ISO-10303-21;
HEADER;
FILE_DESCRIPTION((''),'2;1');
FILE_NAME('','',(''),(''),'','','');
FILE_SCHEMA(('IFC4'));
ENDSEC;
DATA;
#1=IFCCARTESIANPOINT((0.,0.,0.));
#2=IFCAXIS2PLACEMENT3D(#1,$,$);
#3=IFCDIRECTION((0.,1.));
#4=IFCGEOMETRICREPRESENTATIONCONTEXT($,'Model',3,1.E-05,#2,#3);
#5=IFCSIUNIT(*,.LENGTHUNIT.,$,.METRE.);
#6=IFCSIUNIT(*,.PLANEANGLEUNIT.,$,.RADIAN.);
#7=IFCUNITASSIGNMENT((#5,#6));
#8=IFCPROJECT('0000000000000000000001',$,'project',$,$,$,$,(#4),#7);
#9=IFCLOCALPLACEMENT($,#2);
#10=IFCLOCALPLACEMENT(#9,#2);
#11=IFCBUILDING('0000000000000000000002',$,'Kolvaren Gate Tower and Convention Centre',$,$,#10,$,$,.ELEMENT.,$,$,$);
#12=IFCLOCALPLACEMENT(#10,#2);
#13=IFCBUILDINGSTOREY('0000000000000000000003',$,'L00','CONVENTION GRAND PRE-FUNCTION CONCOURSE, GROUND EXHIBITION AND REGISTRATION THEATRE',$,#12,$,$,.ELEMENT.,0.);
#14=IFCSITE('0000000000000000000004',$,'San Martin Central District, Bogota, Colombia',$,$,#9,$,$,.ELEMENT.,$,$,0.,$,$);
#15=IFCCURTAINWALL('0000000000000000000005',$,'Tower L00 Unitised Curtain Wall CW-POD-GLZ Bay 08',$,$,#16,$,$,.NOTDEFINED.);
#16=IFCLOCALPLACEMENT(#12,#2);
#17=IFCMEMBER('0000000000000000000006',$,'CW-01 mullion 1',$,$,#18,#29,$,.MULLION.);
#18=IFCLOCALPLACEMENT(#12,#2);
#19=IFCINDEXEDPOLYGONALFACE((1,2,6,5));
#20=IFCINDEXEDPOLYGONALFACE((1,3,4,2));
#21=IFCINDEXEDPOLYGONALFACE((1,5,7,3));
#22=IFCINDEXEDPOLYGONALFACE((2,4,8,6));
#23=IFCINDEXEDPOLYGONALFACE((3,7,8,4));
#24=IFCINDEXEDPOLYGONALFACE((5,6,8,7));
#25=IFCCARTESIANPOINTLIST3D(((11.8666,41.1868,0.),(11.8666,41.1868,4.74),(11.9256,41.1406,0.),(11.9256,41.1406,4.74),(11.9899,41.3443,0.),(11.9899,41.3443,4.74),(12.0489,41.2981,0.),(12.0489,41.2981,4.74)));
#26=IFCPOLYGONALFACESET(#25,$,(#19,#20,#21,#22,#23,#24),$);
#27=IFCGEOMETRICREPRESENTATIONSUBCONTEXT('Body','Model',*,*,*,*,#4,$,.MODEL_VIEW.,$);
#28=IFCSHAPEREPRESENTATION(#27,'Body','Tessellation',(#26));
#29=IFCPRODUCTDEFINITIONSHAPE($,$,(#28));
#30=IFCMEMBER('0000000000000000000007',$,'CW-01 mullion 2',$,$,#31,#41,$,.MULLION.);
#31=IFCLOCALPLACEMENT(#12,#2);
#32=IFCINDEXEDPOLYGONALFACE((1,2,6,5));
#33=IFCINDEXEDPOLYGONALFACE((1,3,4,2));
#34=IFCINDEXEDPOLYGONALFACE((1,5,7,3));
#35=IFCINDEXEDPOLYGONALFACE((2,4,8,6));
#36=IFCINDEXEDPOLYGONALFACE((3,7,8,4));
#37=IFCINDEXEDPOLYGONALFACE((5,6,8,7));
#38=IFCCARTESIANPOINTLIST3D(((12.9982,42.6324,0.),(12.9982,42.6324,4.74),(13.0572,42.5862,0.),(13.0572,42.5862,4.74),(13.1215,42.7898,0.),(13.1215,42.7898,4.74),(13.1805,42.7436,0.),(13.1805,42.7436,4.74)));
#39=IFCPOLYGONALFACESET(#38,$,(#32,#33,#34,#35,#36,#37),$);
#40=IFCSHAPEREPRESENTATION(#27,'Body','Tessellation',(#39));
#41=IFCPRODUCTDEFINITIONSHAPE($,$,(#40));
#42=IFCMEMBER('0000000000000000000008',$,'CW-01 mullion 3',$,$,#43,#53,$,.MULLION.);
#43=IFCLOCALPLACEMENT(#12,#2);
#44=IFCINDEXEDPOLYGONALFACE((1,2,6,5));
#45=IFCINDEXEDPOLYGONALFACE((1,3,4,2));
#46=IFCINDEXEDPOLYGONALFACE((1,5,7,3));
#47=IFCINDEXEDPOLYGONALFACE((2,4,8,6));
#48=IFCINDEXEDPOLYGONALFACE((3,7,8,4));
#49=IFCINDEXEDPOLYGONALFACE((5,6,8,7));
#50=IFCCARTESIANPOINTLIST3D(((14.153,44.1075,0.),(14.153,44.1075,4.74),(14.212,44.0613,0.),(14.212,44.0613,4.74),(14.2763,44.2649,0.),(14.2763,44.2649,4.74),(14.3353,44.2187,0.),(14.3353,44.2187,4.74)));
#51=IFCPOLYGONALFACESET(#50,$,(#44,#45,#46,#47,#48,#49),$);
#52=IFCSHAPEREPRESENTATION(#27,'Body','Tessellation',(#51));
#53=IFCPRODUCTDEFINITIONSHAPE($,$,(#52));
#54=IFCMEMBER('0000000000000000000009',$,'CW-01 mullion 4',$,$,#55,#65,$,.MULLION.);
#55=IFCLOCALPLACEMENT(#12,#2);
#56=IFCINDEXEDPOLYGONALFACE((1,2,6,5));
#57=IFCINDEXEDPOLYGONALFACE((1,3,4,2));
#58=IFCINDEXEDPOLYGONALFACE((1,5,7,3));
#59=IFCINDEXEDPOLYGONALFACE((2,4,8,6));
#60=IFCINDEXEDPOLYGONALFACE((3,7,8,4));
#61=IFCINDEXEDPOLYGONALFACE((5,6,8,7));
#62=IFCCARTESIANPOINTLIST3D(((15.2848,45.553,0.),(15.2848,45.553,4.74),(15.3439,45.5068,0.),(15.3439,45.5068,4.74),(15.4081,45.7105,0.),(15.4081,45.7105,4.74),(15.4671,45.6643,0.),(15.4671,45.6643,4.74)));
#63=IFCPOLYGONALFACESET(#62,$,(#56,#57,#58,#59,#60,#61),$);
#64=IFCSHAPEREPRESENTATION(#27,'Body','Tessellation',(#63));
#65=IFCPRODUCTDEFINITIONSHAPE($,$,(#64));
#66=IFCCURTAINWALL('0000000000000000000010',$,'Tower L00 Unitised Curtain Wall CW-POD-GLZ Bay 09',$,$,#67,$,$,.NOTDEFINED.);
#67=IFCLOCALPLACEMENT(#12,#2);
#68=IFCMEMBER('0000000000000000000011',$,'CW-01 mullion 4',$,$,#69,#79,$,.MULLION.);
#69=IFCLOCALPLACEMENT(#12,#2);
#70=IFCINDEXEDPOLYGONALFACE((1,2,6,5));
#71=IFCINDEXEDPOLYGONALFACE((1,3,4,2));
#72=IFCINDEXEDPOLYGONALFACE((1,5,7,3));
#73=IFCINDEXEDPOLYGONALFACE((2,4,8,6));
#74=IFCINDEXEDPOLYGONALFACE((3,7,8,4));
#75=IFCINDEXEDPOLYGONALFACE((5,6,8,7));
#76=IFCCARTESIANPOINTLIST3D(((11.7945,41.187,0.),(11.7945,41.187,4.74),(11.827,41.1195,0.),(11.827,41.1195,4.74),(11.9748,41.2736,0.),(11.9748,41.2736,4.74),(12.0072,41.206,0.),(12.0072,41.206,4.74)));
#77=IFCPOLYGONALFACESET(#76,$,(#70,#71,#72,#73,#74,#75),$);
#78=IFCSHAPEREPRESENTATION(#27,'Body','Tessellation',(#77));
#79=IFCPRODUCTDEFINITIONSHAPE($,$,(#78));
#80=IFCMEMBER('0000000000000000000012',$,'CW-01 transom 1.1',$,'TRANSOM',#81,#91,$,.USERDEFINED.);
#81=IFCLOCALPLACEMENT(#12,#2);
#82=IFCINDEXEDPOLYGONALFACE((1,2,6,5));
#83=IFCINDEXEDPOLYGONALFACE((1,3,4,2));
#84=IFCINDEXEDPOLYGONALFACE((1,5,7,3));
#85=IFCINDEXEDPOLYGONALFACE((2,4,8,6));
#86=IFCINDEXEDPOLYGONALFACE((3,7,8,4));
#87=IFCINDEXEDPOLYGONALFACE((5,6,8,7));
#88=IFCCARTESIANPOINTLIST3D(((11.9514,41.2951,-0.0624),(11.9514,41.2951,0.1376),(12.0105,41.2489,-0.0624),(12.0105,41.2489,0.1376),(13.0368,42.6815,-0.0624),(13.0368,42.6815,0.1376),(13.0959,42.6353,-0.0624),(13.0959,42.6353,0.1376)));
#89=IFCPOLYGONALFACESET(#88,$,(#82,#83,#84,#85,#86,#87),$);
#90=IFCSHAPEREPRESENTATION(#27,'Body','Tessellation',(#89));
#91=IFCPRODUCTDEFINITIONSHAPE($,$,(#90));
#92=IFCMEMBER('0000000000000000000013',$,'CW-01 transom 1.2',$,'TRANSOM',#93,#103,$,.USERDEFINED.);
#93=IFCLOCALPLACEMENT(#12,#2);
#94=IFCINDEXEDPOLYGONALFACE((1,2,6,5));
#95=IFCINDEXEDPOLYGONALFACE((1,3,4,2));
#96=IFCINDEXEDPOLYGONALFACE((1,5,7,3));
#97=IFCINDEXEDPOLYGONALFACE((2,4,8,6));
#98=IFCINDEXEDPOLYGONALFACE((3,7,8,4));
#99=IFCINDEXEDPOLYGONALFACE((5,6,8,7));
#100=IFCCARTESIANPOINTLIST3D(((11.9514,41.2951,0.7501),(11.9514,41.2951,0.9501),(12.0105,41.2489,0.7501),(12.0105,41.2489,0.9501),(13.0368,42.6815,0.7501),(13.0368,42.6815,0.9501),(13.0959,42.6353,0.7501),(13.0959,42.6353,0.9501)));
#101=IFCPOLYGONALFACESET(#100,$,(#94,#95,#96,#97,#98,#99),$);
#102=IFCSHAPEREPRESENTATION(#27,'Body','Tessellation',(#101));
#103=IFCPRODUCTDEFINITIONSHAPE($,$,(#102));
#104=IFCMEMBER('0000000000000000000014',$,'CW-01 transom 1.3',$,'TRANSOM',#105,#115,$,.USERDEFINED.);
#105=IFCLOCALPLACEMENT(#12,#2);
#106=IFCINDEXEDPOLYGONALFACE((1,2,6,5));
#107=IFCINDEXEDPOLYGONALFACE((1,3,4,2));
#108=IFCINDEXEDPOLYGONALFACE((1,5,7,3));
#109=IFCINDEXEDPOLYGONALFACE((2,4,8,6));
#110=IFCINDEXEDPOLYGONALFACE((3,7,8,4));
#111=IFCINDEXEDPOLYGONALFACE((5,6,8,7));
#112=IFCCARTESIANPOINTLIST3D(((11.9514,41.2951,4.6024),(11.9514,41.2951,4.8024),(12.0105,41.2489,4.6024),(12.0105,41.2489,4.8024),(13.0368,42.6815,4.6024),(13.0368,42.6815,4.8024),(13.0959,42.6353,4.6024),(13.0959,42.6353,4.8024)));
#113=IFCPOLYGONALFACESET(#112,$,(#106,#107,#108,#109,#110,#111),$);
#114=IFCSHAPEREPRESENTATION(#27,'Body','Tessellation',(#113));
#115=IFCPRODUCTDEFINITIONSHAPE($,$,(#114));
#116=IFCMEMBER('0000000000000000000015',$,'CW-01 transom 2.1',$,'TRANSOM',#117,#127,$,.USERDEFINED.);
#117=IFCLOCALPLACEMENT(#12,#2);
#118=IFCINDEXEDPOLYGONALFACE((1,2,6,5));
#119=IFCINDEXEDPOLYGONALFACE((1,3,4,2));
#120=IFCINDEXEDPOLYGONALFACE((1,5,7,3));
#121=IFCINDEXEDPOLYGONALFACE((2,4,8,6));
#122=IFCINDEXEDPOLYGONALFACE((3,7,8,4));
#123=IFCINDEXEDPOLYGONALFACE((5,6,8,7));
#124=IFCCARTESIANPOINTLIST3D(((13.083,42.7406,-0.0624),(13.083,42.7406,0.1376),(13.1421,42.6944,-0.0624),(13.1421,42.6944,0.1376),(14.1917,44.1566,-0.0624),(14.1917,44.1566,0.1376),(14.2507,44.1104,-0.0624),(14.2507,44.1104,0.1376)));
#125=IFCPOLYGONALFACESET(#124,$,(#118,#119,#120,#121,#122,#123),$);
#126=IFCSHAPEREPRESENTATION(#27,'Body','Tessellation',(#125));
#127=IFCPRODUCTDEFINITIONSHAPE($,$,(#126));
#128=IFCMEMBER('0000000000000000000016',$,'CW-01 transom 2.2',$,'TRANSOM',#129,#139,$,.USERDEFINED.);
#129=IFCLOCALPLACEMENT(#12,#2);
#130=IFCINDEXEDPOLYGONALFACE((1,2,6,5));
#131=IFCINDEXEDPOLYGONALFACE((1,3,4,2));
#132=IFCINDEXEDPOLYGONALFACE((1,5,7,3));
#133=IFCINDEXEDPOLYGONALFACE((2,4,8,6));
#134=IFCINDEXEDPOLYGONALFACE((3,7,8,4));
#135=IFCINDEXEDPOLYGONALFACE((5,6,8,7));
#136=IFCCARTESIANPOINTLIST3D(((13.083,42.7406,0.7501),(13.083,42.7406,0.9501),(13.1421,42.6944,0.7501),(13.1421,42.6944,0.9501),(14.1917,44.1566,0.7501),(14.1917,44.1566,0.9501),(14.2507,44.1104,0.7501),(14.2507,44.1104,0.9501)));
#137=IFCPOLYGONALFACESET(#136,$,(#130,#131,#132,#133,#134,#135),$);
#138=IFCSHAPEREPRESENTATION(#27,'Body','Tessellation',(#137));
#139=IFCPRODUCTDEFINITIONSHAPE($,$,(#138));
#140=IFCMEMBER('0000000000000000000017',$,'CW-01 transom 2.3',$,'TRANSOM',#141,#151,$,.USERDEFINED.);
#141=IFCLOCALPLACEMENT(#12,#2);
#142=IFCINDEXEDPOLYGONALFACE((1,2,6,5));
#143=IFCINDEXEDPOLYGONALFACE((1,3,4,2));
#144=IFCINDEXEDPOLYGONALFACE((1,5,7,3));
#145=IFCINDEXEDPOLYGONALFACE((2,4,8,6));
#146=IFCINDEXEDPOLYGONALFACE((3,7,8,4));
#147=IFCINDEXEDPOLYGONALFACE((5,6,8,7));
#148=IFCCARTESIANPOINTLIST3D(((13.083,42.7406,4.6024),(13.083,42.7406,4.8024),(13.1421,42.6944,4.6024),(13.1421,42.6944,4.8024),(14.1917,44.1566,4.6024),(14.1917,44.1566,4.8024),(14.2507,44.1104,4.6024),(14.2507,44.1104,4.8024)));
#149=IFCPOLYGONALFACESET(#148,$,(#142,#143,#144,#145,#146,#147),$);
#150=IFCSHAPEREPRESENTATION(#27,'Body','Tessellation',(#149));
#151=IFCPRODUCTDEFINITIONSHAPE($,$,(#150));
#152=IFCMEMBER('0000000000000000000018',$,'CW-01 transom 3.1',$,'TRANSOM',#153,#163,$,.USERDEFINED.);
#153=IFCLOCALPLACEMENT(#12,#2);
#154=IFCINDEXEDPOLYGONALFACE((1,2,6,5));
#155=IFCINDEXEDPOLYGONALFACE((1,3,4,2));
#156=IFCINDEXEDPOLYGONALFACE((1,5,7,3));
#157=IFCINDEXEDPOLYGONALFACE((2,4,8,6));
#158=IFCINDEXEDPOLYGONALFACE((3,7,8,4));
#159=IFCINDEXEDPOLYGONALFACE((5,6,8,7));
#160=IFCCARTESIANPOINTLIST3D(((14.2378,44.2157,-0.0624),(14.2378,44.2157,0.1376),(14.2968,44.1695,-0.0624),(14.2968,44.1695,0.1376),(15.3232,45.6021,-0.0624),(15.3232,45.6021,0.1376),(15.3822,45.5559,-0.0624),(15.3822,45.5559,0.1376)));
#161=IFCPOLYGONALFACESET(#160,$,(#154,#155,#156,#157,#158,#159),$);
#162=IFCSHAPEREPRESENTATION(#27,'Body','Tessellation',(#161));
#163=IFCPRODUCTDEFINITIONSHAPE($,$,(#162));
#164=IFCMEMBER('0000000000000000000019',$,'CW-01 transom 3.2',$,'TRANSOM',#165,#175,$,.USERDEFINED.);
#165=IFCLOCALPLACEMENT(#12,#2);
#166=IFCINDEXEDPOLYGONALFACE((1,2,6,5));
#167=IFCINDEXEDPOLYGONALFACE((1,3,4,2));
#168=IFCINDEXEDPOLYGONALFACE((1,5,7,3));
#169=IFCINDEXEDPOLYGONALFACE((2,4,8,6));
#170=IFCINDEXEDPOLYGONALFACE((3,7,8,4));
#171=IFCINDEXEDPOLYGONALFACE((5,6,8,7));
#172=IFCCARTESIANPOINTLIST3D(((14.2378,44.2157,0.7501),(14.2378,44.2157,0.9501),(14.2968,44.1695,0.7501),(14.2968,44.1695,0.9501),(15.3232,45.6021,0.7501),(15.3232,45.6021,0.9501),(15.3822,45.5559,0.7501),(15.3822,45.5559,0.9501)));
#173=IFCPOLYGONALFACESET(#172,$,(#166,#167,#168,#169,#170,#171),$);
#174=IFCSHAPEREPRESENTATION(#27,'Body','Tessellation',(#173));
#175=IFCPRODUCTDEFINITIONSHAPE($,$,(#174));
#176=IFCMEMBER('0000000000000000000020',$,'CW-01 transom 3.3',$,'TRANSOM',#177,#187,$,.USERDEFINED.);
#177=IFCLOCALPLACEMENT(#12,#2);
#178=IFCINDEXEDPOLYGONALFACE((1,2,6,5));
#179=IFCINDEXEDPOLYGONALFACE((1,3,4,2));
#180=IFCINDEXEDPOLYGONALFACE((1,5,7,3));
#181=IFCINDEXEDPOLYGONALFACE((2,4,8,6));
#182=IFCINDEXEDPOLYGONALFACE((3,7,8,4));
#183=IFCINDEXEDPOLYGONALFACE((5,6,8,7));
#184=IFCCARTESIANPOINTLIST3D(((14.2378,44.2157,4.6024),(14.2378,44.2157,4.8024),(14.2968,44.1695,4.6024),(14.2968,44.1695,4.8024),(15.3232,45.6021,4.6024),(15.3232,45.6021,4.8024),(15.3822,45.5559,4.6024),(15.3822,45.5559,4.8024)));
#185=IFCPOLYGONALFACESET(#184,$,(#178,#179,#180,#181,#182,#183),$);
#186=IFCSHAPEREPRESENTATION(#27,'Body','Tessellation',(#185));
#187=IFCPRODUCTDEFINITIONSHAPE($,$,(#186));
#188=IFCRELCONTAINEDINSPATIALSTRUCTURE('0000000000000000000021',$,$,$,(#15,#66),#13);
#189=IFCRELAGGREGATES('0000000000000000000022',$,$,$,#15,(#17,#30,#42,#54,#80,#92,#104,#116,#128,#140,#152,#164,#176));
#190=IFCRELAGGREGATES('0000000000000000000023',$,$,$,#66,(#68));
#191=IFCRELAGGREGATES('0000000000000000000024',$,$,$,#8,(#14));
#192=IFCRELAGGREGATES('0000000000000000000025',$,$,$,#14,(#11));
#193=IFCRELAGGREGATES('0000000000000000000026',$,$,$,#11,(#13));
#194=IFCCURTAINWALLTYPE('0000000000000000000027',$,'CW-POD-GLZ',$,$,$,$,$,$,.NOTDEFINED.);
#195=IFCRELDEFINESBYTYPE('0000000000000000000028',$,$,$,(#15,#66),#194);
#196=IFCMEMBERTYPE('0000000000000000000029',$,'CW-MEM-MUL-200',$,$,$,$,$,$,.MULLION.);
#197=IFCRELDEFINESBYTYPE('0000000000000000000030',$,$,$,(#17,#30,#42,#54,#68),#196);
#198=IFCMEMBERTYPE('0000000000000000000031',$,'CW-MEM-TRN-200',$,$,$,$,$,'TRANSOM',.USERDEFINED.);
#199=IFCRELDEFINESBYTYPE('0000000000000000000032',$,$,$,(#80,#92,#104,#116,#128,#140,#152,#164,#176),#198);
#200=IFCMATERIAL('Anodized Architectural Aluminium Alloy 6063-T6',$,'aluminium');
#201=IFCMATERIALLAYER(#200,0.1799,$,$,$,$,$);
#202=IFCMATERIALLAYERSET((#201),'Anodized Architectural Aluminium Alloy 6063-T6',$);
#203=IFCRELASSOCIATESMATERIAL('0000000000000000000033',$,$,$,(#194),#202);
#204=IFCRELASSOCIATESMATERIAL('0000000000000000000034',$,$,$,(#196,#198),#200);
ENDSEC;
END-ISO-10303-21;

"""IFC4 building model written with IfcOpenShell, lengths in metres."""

from ifc_helpers import new_model, si_unit, direction, frame, origin, origin_2d, place, context, subcontext, project, spatial, rectangle, extrude, material, layer, layer_set, material_profile, profile_set, type_object, element, aggregate, save


model = new_model("IFC4")

# Units and contexts
model_context = context("Model", 3, precision=1e-05, world=origin(), true_north=direction((0.0, 1.0)))
body_context = subcontext(model_context, "Body", "Model", "MODEL_VIEW")
ifc_project = project(units=[si_unit("LENGTHUNIT", "METRE"), si_unit("PLANEANGLEUNIT", "RADIAN")], contexts=[model_context])

# Site, building, storey
site_placement = place(None, origin())
site = spatial("IfcSite", under=ifc_project, at=site_placement, Name="San Martin Central District, Bogota, Colombia", CompositionType="ELEMENT", RefElevation=0.0)
building_placement = place(site_placement, origin())
building = spatial("IfcBuilding", under=site, at=building_placement, Name="Kolvaren Gate Tower and Convention Centre", CompositionType="ELEMENT")
storey_placement = place(building_placement, origin())
storey = spatial("IfcBuildingStorey", under=building, at=storey_placement, Name="L00", Description="CONVENTION GRAND PRE-FUNCTION CONCOURSE, GROUND EXHIBITION AND REGISTRATION THEATRE", CompositionType="ELEMENT", Elevation=0.0)

# Curtain wall, members
ifc_material_1 = material(Name="Anodized Architectural Aluminium Alloy 6063-T6", Category="aluminium")
ifc_layer_1 = layer(ifc_material_1, 0.1799)
ifc_layer_set_1 = layer_set([ifc_layer_1], Name="Anodized Architectural Aluminium Alloy 6063-T6")
curtain_wall_type = type_object("IfcCurtainWallType", Name="CW-POD-GLZ", PredefinedType="NOTDEFINED", material=ifc_layer_set_1)
curtain_wall_1_placement = place(storey_placement, origin())
curtain_wall_1 = element("IfcCurtainWall", 1, at=curtain_wall_1_placement, inside=storey, type_object=curtain_wall_type, Name="Tower L00 Unitised Curtain Wall CW-POD-GLZ Bay 08", PredefinedType="NOTDEFINED")
ifc_material_profile_1 = material_profile(ifc_material_1, rectangle(XDim=0.075, YDim=0.2, at=origin_2d()), Name="CW-MEM-MUL-200")
ifc_profile_set_1 = profile_set([ifc_material_profile_1], Name="Anodized Architectural Aluminium Alloy 6063-T6")
member_type_1 = type_object("IfcMemberType", Name="CW-MEM-MUL-200", PredefinedType="MULLION", material=ifc_profile_set_1)
member_1_placement = place(storey_placement, frame((11.9578, 41.2424, 0.0), z_axis=(0.0, 0.0, 1.0), x_axis=(-0.787417, 0.616421, 0.0)))
member_1 = element("IfcMember", 2, at=member_1_placement, type_object=member_type_1, Name="CW-01 mullion 1", PredefinedType="MULLION", context=body_context, shape_type="SweptSolid", body=[
    extrude(rectangle(XDim=0.075, YDim=0.2, at=origin_2d()), origin(), (0.0, 0.0, 1.0), 4.74),
])
member_2_placement = place(storey_placement, frame((13.0894, 42.688, 0.0), z_axis=(0.0, 0.0, 1.0), x_axis=(-0.787417, 0.616421, 0.0)))
member_2 = element("IfcMember", 3, at=member_2_placement, type_object=member_type_1, Name="CW-01 mullion 2", PredefinedType="MULLION", context=body_context, shape_type="SweptSolid", body=[
    extrude(rectangle(XDim=0.075, YDim=0.2, at=origin_2d()), origin(), (0.0, 0.0, 1.0), 4.74),
])
member_3_placement = place(storey_placement, frame((14.2441, 44.1631, 0.0), z_axis=(0.0, 0.0, 1.0), x_axis=(-0.787417, 0.616421, 0.0)))
member_3 = element("IfcMember", 4, at=member_3_placement, type_object=member_type_1, Name="CW-01 mullion 3", PredefinedType="MULLION", context=body_context, shape_type="SweptSolid", body=[
    extrude(rectangle(XDim=0.075, YDim=0.2, at=origin_2d()), origin(), (0.0, 0.0, 1.0), 4.74),
])
member_4_placement = place(storey_placement, frame((15.376, 45.6086, 0.0), z_axis=(0.0, 0.0, 1.0), x_axis=(-0.787417, 0.616421, 0.0)))
member_4 = element("IfcMember", 5, at=member_4_placement, type_object=member_type_1, Name="CW-01 mullion 4", PredefinedType="MULLION", context=body_context, shape_type="SweptSolid", body=[
    extrude(rectangle(XDim=0.075, YDim=0.2, at=origin_2d()), origin(), (0.0, 0.0, 1.0), 4.74),
])

# Curtain wall, member
curtain_wall_2_placement = place(storey_placement, origin())
curtain_wall_2 = element("IfcCurtainWall", 6, at=curtain_wall_2_placement, inside=storey, type_object=curtain_wall_type, Name="Tower L00 Unitised Curtain Wall CW-POD-GLZ Bay 09", PredefinedType="NOTDEFINED")
member_5_placement = place(storey_placement, frame((11.9009, 41.1965, 0.0), z_axis=(0.0, 0.0, 1.0), x_axis=(-0.433057, 0.901367, 0.0)))
member_5 = element("IfcMember", 7, at=member_5_placement, type_object=member_type_1, Name="CW-01 mullion 4", PredefinedType="MULLION", context=body_context, shape_type="SweptSolid", body=[
    extrude(rectangle(XDim=0.075, YDim=0.2, at=origin_2d()), origin(), (0.0, 0.0, 1.0), 4.74),
])

# Members
ifc_material_profile_2 = material_profile(ifc_material_1, rectangle(XDim=0.075, YDim=0.2, at=origin_2d()), Name="CW-MEM-TRN-200")
ifc_profile_set_2 = profile_set([ifc_material_profile_2], Name="Anodized Architectural Aluminium Alloy 6063-T6")
member_type_2 = type_object("IfcMemberType", Name="CW-MEM-TRN-200", ElementType="TRANSOM", PredefinedType="USERDEFINED", material=ifc_profile_set_2)
member_6_placement = place(storey_placement, frame((11.981, 41.272, 0.0376), z_axis=(0.616443, 0.7874, 0.0), x_axis=(-0.7874, 0.616443, 0.0)))
member_6 = element("IfcMember", 8, at=member_6_placement, type_object=member_type_2, Name="CW-01 transom 1.1", ObjectType="TRANSOM", PredefinedType="USERDEFINED", context=body_context, shape_type="SweptSolid", body=[
    extrude(rectangle(XDim=0.075, YDim=0.2, at=origin_2d()), origin(), (0.0, 0.0, 1.0), 1.7607),
])
member_7_placement = place(storey_placement, frame((11.981, 41.272, 0.8501), z_axis=(0.616443, 0.7874, 0.0), x_axis=(-0.7874, 0.616443, 0.0)))
member_7 = element("IfcMember", 9, at=member_7_placement, type_object=member_type_2, Name="CW-01 transom 1.2", ObjectType="TRANSOM", PredefinedType="USERDEFINED", context=body_context, shape_type="SweptSolid", body=[
    extrude(rectangle(XDim=0.075, YDim=0.2, at=origin_2d()), origin(), (0.0, 0.0, 1.0), 1.7607),
])
member_8_placement = place(storey_placement, frame((11.981, 41.272, 4.7024), z_axis=(0.616443, 0.7874, 0.0), x_axis=(-0.7874, 0.616443, 0.0)))
member_8 = element("IfcMember", 10, at=member_8_placement, type_object=member_type_2, Name="CW-01 transom 1.3", ObjectType="TRANSOM", PredefinedType="USERDEFINED", context=body_context, shape_type="SweptSolid", body=[
    extrude(rectangle(XDim=0.075, YDim=0.2, at=origin_2d()), origin(), (0.0, 0.0, 1.0), 1.7607),
])
member_9_placement = place(storey_placement, frame((13.1125, 42.7175, 0.0376), z_axis=(0.616466, 0.787382, 0.0), x_axis=(-0.787382, 0.616466, 0.0)))
member_9 = element("IfcMember", 11, at=member_9_placement, type_object=member_type_2, Name="CW-01 transom 2.1", ObjectType="TRANSOM", PredefinedType="USERDEFINED", context=body_context, shape_type="SweptSolid", body=[
    extrude(rectangle(XDim=0.075, YDim=0.2, at=origin_2d()), origin(), (0.0, 0.0, 1.0), 1.7983),
])
member_10_placement = place(storey_placement, frame((13.1125, 42.7175, 0.8501), z_axis=(0.616466, 0.787382, 0.0), x_axis=(-0.787382, 0.616466, 0.0)))
member_10 = element("IfcMember", 12, at=member_10_placement, type_object=member_type_2, Name="CW-01 transom 2.2", ObjectType="TRANSOM", PredefinedType="USERDEFINED", context=body_context, shape_type="SweptSolid", body=[
    extrude(rectangle(XDim=0.075, YDim=0.2, at=origin_2d()), origin(), (0.0, 0.0, 1.0), 1.7983),
])
member_11_placement = place(storey_placement, frame((13.1125, 42.7175, 4.7024), z_axis=(0.616466, 0.787382, 0.0), x_axis=(-0.787382, 0.616466, 0.0)))
member_11 = element("IfcMember", 13, at=member_11_placement, type_object=member_type_2, Name="CW-01 transom 2.3", ObjectType="TRANSOM", PredefinedType="USERDEFINED", context=body_context, shape_type="SweptSolid", body=[
    extrude(rectangle(XDim=0.075, YDim=0.2, at=origin_2d()), origin(), (0.0, 0.0, 1.0), 1.7983),
])
member_12_placement = place(storey_placement, frame((14.2673, 44.1926, 0.0376), z_axis=(0.616443, 0.7874, 0.0), x_axis=(-0.7874, 0.616443, 0.0)))
member_12 = element("IfcMember", 14, at=member_12_placement, type_object=member_type_2, Name="CW-01 transom 3.1", ObjectType="TRANSOM", PredefinedType="USERDEFINED", context=body_context, shape_type="SweptSolid", body=[
    extrude(rectangle(XDim=0.075, YDim=0.2, at=origin_2d()), origin(), (0.0, 0.0, 1.0), 1.7607),
])
member_13_placement = place(storey_placement, frame((14.2673, 44.1926, 0.8501), z_axis=(0.616443, 0.7874, 0.0), x_axis=(-0.7874, 0.616443, 0.0)))
member_13 = element("IfcMember", 15, at=member_13_placement, type_object=member_type_2, Name="CW-01 transom 3.2", ObjectType="TRANSOM", PredefinedType="USERDEFINED", context=body_context, shape_type="SweptSolid", body=[
    extrude(rectangle(XDim=0.075, YDim=0.2, at=origin_2d()), origin(), (0.0, 0.0, 1.0), 1.7607),
])
member_14_placement = place(storey_placement, frame((14.2673, 44.1926, 4.7024), z_axis=(0.616443, 0.7874, 0.0), x_axis=(-0.7874, 0.616443, 0.0)))
member_14 = element("IfcMember", 16, at=member_14_placement, type_object=member_type_2, Name="CW-01 transom 3.3", ObjectType="TRANSOM", PredefinedType="USERDEFINED", context=body_context, shape_type="SweptSolid", body=[
    extrude(rectangle(XDim=0.075, YDim=0.2, at=origin_2d()), origin(), (0.0, 0.0, 1.0), 1.7607),
])

aggregate(curtain_wall_1, [member_1, member_2, member_3, member_4, member_6, member_7, member_8, member_9, member_10, member_11, member_12, member_13, member_14])
aggregate(curtain_wall_2, [member_5])

save(model, "model.ifc")
